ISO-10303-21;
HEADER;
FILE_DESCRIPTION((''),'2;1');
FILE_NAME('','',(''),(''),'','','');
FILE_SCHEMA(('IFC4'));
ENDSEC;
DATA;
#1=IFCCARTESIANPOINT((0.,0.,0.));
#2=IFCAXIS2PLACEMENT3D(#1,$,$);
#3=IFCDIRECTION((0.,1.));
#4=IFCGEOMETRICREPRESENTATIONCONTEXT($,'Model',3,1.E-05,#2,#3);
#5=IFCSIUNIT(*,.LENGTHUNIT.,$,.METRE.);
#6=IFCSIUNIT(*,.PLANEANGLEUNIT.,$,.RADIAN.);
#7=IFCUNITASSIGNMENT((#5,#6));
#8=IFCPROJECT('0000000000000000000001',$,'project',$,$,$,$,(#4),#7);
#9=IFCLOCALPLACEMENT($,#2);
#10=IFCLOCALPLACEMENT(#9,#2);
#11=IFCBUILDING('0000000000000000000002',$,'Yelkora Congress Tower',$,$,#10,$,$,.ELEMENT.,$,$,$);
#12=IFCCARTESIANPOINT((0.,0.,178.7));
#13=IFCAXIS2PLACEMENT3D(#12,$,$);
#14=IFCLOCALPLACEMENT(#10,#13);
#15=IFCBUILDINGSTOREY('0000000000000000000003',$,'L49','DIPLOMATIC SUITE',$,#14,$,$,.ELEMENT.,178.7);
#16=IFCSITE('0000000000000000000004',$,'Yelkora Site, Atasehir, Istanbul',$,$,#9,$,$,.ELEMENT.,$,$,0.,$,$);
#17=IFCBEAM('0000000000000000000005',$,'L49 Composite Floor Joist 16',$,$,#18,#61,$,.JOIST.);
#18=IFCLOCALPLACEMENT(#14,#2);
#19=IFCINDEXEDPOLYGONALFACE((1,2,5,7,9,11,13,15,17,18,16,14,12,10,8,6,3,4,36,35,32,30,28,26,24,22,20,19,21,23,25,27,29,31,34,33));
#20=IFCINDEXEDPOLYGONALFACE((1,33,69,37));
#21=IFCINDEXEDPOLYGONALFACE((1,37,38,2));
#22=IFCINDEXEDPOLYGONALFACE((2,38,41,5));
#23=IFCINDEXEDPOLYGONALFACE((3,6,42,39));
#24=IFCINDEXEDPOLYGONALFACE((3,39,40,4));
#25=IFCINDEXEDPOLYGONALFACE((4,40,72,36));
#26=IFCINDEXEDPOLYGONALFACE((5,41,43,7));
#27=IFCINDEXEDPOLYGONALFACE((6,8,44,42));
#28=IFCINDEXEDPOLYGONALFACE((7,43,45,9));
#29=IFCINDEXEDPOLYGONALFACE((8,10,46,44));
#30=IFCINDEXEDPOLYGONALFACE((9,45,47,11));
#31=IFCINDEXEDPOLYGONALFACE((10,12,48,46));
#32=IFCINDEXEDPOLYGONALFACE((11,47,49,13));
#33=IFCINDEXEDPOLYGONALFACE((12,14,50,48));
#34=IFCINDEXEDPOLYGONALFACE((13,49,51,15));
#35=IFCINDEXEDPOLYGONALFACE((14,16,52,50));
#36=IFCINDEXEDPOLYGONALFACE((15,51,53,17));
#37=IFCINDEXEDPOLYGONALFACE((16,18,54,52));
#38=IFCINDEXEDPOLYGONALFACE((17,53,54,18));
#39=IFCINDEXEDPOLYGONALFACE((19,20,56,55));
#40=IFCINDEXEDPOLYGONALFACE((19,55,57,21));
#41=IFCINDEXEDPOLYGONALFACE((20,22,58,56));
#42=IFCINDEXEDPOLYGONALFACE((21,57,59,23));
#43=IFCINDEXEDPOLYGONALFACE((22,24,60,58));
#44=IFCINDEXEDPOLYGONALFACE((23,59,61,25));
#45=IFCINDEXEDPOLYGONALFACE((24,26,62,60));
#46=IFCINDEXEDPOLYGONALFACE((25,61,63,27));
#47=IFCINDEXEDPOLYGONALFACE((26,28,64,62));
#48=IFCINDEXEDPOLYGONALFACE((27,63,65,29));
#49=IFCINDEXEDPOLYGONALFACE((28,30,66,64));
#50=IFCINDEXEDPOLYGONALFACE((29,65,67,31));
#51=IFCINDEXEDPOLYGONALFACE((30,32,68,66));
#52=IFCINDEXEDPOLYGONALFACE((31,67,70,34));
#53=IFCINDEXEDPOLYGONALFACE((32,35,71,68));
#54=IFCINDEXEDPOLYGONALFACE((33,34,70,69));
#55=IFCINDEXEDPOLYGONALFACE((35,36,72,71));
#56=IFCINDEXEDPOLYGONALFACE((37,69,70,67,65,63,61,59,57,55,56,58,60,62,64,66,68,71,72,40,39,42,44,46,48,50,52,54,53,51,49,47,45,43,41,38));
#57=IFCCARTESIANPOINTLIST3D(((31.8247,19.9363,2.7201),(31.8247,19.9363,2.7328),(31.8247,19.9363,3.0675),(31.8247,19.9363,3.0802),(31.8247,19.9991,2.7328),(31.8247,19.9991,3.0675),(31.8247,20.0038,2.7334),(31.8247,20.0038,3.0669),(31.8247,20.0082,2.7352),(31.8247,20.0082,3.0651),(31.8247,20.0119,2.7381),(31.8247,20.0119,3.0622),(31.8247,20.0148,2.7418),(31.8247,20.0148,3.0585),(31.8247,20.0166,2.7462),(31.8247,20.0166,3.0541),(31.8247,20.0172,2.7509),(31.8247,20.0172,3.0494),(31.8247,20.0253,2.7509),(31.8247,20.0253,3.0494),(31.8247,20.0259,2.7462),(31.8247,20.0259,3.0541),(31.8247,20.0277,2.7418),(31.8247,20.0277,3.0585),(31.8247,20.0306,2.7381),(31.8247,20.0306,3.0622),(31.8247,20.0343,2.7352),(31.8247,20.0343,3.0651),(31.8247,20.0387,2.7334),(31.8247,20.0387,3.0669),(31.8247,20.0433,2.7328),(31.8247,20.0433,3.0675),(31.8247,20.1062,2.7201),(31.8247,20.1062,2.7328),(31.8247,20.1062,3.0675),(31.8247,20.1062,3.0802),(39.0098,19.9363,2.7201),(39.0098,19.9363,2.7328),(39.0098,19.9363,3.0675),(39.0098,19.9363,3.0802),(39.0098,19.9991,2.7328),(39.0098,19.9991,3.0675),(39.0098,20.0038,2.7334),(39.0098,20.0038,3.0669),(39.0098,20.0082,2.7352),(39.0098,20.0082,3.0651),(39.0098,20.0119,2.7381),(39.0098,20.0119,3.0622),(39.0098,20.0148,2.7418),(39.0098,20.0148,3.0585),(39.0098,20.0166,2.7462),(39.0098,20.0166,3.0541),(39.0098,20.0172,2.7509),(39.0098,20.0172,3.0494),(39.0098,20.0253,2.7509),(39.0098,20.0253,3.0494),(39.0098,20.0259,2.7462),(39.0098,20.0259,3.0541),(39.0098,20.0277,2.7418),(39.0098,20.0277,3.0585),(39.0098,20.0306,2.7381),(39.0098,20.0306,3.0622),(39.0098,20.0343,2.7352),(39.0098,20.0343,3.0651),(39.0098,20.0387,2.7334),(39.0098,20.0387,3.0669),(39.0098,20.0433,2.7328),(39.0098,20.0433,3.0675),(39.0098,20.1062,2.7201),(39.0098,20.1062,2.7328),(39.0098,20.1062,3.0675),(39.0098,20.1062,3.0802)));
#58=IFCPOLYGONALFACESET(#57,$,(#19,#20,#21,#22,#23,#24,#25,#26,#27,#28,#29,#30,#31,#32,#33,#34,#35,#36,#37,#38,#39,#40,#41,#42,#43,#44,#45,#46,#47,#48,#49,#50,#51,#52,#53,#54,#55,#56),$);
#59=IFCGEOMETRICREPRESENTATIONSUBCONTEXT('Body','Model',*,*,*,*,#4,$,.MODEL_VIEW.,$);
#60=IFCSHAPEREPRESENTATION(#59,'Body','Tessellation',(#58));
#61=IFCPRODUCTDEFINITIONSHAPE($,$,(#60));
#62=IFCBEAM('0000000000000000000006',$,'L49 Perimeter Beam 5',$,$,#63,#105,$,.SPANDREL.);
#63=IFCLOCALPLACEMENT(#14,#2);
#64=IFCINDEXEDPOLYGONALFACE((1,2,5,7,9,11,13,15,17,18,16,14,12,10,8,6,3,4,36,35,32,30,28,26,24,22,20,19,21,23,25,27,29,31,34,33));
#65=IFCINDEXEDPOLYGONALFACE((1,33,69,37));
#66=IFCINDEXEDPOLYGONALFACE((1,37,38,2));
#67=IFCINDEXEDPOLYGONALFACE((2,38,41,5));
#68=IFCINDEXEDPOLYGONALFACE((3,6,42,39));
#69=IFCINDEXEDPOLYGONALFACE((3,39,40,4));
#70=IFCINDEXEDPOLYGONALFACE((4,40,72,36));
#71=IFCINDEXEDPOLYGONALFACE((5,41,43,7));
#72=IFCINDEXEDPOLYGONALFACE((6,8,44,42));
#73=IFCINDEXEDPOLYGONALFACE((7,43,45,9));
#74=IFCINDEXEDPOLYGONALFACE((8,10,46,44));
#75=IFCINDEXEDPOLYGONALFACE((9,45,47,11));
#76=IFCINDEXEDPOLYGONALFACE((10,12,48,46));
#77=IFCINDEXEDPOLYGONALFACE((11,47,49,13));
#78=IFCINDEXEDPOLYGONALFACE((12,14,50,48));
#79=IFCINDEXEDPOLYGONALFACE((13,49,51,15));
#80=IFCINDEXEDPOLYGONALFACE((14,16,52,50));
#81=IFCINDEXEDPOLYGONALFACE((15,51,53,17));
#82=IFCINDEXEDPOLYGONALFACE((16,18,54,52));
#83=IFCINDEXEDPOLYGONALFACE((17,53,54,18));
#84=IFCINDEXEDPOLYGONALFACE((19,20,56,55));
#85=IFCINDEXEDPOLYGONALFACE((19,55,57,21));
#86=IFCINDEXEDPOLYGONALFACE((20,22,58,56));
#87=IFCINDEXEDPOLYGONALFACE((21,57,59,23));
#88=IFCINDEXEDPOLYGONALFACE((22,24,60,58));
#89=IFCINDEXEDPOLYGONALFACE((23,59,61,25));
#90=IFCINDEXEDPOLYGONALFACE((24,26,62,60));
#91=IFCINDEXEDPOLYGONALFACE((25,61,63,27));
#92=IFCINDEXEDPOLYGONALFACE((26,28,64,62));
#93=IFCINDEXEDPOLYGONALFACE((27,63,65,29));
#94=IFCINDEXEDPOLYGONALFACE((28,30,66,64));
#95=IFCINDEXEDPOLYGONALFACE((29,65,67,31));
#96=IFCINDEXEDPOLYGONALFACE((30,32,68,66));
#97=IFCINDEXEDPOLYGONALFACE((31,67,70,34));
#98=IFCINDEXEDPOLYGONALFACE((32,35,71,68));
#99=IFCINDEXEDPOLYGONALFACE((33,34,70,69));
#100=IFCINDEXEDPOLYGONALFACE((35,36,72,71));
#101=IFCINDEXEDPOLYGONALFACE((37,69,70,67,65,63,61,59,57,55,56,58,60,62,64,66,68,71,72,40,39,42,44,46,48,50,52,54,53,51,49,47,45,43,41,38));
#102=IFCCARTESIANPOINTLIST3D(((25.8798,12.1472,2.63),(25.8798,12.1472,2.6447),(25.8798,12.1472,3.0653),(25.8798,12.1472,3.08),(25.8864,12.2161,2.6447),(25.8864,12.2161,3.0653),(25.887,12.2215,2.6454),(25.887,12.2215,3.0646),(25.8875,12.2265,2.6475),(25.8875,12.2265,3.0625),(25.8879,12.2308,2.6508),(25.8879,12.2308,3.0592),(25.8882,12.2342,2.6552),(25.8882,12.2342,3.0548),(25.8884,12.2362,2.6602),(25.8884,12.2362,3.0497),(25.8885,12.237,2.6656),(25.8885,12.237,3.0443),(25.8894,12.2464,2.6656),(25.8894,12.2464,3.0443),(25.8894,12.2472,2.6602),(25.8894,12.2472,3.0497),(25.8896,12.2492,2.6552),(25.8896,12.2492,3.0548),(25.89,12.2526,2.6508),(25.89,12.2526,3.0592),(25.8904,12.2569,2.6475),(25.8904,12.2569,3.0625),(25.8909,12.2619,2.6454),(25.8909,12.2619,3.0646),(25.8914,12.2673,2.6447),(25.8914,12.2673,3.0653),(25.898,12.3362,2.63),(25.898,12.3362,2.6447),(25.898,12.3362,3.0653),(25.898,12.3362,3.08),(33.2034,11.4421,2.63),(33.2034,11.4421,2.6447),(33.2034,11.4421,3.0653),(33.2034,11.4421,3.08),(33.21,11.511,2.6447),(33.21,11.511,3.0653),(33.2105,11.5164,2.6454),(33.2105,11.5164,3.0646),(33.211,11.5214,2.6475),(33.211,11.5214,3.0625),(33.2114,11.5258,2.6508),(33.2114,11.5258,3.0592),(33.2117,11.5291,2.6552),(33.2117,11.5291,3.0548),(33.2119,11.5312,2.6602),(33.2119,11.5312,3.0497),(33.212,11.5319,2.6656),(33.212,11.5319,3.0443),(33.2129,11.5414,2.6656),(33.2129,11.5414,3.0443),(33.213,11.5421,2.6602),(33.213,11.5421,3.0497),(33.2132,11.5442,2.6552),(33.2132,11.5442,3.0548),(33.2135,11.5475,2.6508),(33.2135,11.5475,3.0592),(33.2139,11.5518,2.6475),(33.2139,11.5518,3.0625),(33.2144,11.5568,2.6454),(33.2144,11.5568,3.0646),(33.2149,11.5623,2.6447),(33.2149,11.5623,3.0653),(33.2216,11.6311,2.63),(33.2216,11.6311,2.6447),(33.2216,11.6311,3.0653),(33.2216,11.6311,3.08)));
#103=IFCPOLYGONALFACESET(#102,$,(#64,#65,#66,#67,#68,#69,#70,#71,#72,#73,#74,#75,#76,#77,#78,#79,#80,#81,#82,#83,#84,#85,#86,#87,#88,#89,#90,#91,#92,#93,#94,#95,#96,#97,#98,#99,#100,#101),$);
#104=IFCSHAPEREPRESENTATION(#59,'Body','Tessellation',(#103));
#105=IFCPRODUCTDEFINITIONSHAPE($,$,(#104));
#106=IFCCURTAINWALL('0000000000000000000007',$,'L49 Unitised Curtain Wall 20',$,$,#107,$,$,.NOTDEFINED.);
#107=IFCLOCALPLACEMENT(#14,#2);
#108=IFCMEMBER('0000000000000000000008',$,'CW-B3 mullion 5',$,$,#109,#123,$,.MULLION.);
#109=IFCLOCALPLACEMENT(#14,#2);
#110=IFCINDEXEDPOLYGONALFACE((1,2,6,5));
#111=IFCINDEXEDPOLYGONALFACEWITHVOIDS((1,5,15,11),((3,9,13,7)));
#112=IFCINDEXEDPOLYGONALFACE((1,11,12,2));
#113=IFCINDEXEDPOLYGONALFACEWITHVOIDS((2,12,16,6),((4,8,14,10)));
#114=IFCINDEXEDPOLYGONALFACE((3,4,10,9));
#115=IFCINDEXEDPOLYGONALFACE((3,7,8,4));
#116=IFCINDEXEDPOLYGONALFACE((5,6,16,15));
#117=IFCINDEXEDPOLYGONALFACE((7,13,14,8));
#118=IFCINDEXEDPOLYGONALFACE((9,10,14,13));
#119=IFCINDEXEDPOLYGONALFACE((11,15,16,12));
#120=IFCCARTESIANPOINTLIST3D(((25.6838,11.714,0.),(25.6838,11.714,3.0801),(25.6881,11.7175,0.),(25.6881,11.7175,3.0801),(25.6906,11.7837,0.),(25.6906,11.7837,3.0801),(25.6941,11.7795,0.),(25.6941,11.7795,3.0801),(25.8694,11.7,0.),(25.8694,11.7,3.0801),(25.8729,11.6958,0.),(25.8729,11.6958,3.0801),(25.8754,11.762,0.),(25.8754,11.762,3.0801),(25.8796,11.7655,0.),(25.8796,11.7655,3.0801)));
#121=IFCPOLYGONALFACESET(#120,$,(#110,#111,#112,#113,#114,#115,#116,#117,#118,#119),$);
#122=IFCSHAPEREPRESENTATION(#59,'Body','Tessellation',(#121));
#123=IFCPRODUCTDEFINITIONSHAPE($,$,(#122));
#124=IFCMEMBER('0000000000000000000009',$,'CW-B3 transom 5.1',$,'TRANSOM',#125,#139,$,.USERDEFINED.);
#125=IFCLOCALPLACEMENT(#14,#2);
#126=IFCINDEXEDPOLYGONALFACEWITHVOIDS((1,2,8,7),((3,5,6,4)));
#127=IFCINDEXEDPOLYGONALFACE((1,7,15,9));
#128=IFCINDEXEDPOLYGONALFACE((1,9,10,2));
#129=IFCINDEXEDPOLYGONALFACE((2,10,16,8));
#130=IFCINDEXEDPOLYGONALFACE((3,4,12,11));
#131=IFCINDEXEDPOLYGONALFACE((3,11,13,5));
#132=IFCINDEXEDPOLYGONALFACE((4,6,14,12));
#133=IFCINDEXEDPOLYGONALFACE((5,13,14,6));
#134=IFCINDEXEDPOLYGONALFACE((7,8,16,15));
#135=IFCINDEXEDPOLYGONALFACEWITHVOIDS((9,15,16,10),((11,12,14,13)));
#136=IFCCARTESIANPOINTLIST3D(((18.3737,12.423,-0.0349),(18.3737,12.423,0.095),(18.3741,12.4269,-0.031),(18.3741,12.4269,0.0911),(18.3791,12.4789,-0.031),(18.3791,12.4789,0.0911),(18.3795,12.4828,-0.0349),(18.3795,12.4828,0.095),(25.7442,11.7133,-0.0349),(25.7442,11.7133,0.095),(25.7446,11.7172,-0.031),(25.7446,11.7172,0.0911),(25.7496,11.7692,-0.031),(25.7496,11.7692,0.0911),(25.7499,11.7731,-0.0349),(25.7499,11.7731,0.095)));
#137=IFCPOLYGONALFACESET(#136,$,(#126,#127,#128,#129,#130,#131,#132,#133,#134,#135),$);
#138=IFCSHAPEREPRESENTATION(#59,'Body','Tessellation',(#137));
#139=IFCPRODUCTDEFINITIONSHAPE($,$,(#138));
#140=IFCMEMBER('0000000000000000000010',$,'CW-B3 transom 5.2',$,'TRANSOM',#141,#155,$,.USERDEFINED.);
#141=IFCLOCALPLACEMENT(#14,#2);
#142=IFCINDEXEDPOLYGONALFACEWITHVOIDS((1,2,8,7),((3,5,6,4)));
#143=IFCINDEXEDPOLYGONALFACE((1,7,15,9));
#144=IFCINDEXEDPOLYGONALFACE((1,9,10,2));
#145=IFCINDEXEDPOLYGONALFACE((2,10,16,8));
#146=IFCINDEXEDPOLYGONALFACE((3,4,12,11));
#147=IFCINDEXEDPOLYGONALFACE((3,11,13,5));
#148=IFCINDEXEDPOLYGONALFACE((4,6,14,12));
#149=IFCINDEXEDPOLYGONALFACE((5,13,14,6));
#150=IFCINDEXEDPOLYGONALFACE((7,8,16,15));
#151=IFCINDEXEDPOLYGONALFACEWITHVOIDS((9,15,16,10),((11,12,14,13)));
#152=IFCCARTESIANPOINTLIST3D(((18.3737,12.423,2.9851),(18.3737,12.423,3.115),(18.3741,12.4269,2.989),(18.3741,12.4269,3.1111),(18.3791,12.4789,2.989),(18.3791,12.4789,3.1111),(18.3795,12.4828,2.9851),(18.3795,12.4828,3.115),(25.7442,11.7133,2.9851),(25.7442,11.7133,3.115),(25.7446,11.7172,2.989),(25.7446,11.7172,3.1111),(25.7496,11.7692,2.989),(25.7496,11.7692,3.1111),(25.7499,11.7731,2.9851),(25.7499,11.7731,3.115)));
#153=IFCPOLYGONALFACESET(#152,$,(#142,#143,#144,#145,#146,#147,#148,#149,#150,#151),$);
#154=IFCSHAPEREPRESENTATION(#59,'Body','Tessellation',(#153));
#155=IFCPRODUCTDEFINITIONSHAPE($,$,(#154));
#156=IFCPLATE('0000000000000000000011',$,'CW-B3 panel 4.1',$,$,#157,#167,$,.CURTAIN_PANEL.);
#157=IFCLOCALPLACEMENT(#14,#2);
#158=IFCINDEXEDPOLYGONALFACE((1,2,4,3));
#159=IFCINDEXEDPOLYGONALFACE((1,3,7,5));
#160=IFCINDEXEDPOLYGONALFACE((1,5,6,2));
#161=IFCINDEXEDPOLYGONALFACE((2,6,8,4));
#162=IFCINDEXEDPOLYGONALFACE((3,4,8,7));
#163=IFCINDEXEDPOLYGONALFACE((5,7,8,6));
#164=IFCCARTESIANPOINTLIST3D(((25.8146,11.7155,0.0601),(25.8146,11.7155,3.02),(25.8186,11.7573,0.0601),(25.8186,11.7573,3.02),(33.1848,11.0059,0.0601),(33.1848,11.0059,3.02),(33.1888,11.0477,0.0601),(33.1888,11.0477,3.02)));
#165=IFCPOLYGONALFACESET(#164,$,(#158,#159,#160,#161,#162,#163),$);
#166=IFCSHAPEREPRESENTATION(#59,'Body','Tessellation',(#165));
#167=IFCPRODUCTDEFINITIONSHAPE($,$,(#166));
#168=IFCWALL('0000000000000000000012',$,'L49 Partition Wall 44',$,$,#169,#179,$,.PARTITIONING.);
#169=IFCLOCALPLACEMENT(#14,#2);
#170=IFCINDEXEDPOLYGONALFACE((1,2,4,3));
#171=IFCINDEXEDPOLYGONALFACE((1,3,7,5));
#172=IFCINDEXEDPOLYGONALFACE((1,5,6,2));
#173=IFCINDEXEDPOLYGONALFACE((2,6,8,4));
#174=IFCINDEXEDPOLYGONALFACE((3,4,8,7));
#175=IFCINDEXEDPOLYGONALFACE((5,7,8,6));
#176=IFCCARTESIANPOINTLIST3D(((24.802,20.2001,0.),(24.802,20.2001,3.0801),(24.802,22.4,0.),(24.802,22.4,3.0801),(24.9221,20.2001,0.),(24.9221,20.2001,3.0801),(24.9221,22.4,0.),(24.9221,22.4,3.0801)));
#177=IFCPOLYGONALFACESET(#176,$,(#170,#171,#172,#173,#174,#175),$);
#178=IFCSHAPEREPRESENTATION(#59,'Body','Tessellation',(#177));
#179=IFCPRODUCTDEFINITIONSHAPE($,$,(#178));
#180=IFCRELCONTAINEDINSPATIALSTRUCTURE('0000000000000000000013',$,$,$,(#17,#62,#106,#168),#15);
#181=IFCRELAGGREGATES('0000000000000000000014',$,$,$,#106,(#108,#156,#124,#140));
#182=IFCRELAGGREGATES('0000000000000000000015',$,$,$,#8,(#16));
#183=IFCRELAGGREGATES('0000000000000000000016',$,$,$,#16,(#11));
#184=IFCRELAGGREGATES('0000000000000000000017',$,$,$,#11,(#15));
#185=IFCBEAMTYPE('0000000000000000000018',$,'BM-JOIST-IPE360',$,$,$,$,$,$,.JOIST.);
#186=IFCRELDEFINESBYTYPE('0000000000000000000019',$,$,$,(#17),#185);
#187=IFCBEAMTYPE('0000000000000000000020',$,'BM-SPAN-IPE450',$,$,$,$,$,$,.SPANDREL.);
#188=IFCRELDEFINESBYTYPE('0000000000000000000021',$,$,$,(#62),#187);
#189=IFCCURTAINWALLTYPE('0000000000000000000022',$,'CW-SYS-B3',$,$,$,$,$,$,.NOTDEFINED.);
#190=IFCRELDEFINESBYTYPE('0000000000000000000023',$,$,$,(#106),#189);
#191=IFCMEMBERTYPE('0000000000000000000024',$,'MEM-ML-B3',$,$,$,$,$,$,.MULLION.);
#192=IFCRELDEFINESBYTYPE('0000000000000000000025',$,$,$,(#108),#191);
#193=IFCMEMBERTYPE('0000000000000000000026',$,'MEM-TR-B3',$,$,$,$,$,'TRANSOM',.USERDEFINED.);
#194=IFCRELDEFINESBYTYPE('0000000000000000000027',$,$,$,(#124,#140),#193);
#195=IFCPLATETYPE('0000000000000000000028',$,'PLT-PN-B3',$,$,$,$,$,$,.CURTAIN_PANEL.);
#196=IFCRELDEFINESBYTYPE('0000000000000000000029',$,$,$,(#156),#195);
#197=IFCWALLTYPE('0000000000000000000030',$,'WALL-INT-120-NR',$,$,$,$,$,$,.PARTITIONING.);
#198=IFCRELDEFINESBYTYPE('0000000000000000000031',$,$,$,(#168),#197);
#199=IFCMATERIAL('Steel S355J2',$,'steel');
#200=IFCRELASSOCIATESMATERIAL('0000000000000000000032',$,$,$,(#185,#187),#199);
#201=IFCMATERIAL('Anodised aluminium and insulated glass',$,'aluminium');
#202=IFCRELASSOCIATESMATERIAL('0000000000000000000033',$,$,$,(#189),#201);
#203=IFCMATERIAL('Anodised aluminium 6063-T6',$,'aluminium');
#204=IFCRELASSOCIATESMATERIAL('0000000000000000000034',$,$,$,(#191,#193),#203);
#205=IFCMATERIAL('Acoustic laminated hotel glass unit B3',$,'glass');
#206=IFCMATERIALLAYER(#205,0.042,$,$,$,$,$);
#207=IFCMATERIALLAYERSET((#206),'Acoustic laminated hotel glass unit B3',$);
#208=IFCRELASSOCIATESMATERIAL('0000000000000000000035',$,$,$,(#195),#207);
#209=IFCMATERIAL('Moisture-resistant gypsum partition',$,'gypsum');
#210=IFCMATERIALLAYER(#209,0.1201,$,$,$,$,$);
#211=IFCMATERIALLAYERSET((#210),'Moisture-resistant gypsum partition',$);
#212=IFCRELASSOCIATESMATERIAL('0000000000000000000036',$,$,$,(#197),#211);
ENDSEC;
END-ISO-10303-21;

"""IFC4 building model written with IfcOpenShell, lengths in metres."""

from ifc_helpers import new_model, si_unit, direction, frame, frame_2d, origin, origin_2d, place, context, subcontext, project, spatial, rectangle, hollow_rectangle, i_section, extrude, material, layer, layer_set, material_profile, profile_set, type_object, element, aggregate, save


model = new_model("IFC4")

# Units and contexts
model_context = context("Model", 3, precision=1e-05, world=origin(), true_north=direction((0.0, 1.0)))
body_context = subcontext(model_context, "Body", "Model", "MODEL_VIEW")
ifc_project = project(units=[si_unit("LENGTHUNIT", "METRE"), si_unit("PLANEANGLEUNIT", "RADIAN")], contexts=[model_context])

# Site, building, storey
site_placement = place(None, origin())
site = spatial("IfcSite", under=ifc_project, at=site_placement, Name="Yelkora Site, Atasehir, Istanbul", CompositionType="ELEMENT", RefElevation=0.0)
building_placement = place(site_placement, origin())
building = spatial("IfcBuilding", under=site, at=building_placement, Name="Yelkora Congress Tower", CompositionType="ELEMENT")
storey_placement = place(building_placement, frame((0.0, 0.0, 178.7)))
storey = spatial("IfcBuildingStorey", under=building, at=storey_placement, Name="L49", Description="DIPLOMATIC SUITE", CompositionType="ELEMENT", Elevation=178.7)

# Beams
ifc_material_1 = material(Name="Steel S355J2", Category="steel")
ifc_material_profile_1 = material_profile(ifc_material_1, i_section(OverallWidth=0.1699, OverallDepth=0.3601, WebThickness=0.0081, FlangeThickness=0.0127, FilletRadius=0.0181, at=origin_2d()), Name="IPE 360")
ifc_profile_set_1 = profile_set([ifc_material_profile_1], Name="Steel S355J2")
beam_type_1 = type_object("IfcBeamType", Name="BM-JOIST-IPE360", PredefinedType="JOIST", material=ifc_profile_set_1)
beam_1_placement = place(storey_placement, frame((31.8247, 20.0212, 2.9001), z_axis=(1.0, 0.0, 0.0), x_axis=(0.0, 1.0, 0.0)))
element("IfcBeam", 1, at=beam_1_placement, inside=storey, type_object=beam_type_1, Name="L49 Composite Floor Joist 16", PredefinedType="JOIST", context=body_context, shape_type="SweptSolid", body=[
    extrude(i_section(OverallWidth=0.1699, OverallDepth=0.3601, WebThickness=0.0081, FlangeThickness=0.0127, FilletRadius=0.0181, at=origin_2d()), origin(), (0.0, 0.0, 1.0), 7.1851),
])
ifc_material_profile_2 = material_profile(ifc_material_1, i_section(OverallWidth=0.1899, OverallDepth=0.45, WebThickness=0.0095, FlangeThickness=0.0146, FilletRadius=0.021, at=origin_2d()), Name="IPE 450")
ifc_profile_set_2 = profile_set([ifc_material_profile_2], Name="Steel S355J2")
beam_type_2 = type_object("IfcBeamType", Name="BM-SPAN-IPE450", PredefinedType="SPANDREL", material=ifc_profile_set_2)
beam_2_placement = place(storey_placement, frame((25.8889, 12.2417, 2.855), z_axis=(0.995397, -0.095833, 0.0), x_axis=(0.095833, 0.995397, 0.0)))
element("IfcBeam", 2, at=beam_2_placement, inside=storey, type_object=beam_type_2, Name="L49 Perimeter Beam 5", PredefinedType="SPANDREL", context=body_context, shape_type="SweptSolid", body=[
    extrude(i_section(OverallWidth=0.1899, OverallDepth=0.45, WebThickness=0.0095, FlangeThickness=0.0146, FilletRadius=0.021, at=origin_2d()), origin(), (0.0, 0.0, 1.0), 7.3574),
])

# Curtain wall, members, plate
ifc_material_2 = material(Name="Anodised aluminium and insulated glass", Category="aluminium")
curtain_wall_type = type_object("IfcCurtainWallType", Name="CW-SYS-B3", PredefinedType="NOTDEFINED", material=ifc_material_2)
curtain_wall_placement = place(storey_placement, origin())
curtain_wall = element("IfcCurtainWall", 3, at=curtain_wall_placement, inside=storey, type_object=curtain_wall_type, Name="L49 Unitised Curtain Wall 20", PredefinedType="NOTDEFINED")
ifc_material_3 = material(Name="Anodised aluminium 6063-T6", Category="aluminium")
ifc_material_profile_3 = material_profile(ifc_material_3, hollow_rectangle(XDim=0.0701, YDim=0.1899, WallThickness=0.0039, at=origin_2d()), Name="ALU 70x190x4")
ifc_profile_set_3 = profile_set([ifc_material_profile_3], Name="Anodised aluminium 6063-T6")
member_type_1 = type_object("IfcMemberType", Name="MEM-ML-B3", PredefinedType="MULLION", material=ifc_profile_set_3)
member_1_placement = place(storey_placement, frame((25.7817, 11.7397, 0.0), z_axis=(0.0, 0.0, 1.0), x_axis=(-0.095845, -0.995396, 0.0)))
member_1 = element("IfcMember", 4, at=member_1_placement, type_object=member_type_1, Name="CW-B3 mullion 5", PredefinedType="MULLION", context=body_context, shape_type="SweptSolid", body=[
    extrude(hollow_rectangle(XDim=0.0701, YDim=0.1899, WallThickness=0.0039, at=origin_2d()), origin(), (0.0, 0.0, 1.0), 3.0801),
])
ifc_material_profile_4 = material_profile(ifc_material_3, hollow_rectangle(XDim=0.0601, YDim=0.1299, WallThickness=0.0039, at=origin_2d()), Name="ALU 60x130x4")
ifc_profile_set_4 = profile_set([ifc_material_profile_4], Name="Anodised aluminium 6063-T6")
member_type_2 = type_object("IfcMemberType", Name="MEM-TR-B3", ElementType="TRANSOM", PredefinedType="USERDEFINED", material=ifc_profile_set_4)
member_2_placement = place(storey_placement, frame((25.7471, 11.7432, 0.03), z_axis=(-0.995396, 0.09585, 0.0), x_axis=(-0.09585, -0.995396, 0.0)))
member_2 = element("IfcMember", 5, at=member_2_placement, type_object=member_type_2, Name="CW-B3 transom 5.1", ObjectType="TRANSOM", PredefinedType="USERDEFINED", context=body_context, shape_type="SweptSolid", body=[
    extrude(hollow_rectangle(XDim=0.0601, YDim=0.1299, WallThickness=0.0039, at=origin_2d()), origin(), (0.0, 0.0, 1.0), 7.4045),
])
member_3_placement = place(storey_placement, frame((25.7471, 11.7432, 3.05), z_axis=(-0.995396, 0.09585, 0.0), x_axis=(-0.09585, -0.995396, 0.0)))
member_3 = element("IfcMember", 6, at=member_3_placement, type_object=member_type_2, Name="CW-B3 transom 5.2", ObjectType="TRANSOM", PredefinedType="USERDEFINED", context=body_context, shape_type="SweptSolid", body=[
    extrude(hollow_rectangle(XDim=0.0601, YDim=0.1299, WallThickness=0.0039, at=origin_2d()), origin(), (0.0, 0.0, 1.0), 7.4045),
])
ifc_material_4 = material(Name="Acoustic laminated hotel glass unit B3", Category="glass")
ifc_layer_1 = layer(ifc_material_4, 0.042)
ifc_layer_set_1 = layer_set([ifc_layer_1], Name="Acoustic laminated hotel glass unit B3")
plate_type = type_object("IfcPlateType", Name="PLT-PN-B3", PredefinedType="CURTAIN_PANEL", material=ifc_layer_set_1)
plate_placement = place(storey_placement, frame((29.5017, 11.3816, 0.0601), z_axis=(0.0, 0.0, 1.0), x_axis=(-0.995396, 0.095845, 0.0)))
plate = element("IfcPlate", 7, at=plate_placement, type_object=plate_type, Name="CW-B3 panel 4.1", PredefinedType="CURTAIN_PANEL", context=body_context, shape_type="SweptSolid", body=[
    extrude(rectangle(XDim=7.4043, YDim=0.042, at=origin_2d()), origin(), (0.0, 0.0, 1.0), 2.96),
])
aggregate(curtain_wall, [member_1, plate, member_2, member_3])

# Wall
ifc_material_5 = material(Name="Moisture-resistant gypsum partition", Category="gypsum")
ifc_layer_2 = layer(ifc_material_5, 0.1201)
ifc_layer_set_2 = layer_set([ifc_layer_2], Name="Moisture-resistant gypsum partition")
wall_type_1 = type_object("IfcWallType", Name="WALL-INT-120-NR", PredefinedType="PARTITIONING", material=ifc_layer_set_2)
wall_1_placement = place(storey_placement, frame((24.8621, 20.2, 0.0), z_axis=(0.0, 0.0, 1.0), x_axis=(0.0, 1.0, 0.0)))
element("IfcWall", 8, at=wall_1_placement, inside=storey, type_object=wall_type_1, Name="L49 Partition Wall 44", PredefinedType="PARTITIONING", context=body_context, shape_type="SweptSolid", body=[
    extrude(rectangle(XDim=2.2, YDim=0.1201, at=frame_2d((1.1001, 0.0))), origin(), (0.0, 0.0, 1.0), 3.0801),
])

save(model, "model.ifc")
